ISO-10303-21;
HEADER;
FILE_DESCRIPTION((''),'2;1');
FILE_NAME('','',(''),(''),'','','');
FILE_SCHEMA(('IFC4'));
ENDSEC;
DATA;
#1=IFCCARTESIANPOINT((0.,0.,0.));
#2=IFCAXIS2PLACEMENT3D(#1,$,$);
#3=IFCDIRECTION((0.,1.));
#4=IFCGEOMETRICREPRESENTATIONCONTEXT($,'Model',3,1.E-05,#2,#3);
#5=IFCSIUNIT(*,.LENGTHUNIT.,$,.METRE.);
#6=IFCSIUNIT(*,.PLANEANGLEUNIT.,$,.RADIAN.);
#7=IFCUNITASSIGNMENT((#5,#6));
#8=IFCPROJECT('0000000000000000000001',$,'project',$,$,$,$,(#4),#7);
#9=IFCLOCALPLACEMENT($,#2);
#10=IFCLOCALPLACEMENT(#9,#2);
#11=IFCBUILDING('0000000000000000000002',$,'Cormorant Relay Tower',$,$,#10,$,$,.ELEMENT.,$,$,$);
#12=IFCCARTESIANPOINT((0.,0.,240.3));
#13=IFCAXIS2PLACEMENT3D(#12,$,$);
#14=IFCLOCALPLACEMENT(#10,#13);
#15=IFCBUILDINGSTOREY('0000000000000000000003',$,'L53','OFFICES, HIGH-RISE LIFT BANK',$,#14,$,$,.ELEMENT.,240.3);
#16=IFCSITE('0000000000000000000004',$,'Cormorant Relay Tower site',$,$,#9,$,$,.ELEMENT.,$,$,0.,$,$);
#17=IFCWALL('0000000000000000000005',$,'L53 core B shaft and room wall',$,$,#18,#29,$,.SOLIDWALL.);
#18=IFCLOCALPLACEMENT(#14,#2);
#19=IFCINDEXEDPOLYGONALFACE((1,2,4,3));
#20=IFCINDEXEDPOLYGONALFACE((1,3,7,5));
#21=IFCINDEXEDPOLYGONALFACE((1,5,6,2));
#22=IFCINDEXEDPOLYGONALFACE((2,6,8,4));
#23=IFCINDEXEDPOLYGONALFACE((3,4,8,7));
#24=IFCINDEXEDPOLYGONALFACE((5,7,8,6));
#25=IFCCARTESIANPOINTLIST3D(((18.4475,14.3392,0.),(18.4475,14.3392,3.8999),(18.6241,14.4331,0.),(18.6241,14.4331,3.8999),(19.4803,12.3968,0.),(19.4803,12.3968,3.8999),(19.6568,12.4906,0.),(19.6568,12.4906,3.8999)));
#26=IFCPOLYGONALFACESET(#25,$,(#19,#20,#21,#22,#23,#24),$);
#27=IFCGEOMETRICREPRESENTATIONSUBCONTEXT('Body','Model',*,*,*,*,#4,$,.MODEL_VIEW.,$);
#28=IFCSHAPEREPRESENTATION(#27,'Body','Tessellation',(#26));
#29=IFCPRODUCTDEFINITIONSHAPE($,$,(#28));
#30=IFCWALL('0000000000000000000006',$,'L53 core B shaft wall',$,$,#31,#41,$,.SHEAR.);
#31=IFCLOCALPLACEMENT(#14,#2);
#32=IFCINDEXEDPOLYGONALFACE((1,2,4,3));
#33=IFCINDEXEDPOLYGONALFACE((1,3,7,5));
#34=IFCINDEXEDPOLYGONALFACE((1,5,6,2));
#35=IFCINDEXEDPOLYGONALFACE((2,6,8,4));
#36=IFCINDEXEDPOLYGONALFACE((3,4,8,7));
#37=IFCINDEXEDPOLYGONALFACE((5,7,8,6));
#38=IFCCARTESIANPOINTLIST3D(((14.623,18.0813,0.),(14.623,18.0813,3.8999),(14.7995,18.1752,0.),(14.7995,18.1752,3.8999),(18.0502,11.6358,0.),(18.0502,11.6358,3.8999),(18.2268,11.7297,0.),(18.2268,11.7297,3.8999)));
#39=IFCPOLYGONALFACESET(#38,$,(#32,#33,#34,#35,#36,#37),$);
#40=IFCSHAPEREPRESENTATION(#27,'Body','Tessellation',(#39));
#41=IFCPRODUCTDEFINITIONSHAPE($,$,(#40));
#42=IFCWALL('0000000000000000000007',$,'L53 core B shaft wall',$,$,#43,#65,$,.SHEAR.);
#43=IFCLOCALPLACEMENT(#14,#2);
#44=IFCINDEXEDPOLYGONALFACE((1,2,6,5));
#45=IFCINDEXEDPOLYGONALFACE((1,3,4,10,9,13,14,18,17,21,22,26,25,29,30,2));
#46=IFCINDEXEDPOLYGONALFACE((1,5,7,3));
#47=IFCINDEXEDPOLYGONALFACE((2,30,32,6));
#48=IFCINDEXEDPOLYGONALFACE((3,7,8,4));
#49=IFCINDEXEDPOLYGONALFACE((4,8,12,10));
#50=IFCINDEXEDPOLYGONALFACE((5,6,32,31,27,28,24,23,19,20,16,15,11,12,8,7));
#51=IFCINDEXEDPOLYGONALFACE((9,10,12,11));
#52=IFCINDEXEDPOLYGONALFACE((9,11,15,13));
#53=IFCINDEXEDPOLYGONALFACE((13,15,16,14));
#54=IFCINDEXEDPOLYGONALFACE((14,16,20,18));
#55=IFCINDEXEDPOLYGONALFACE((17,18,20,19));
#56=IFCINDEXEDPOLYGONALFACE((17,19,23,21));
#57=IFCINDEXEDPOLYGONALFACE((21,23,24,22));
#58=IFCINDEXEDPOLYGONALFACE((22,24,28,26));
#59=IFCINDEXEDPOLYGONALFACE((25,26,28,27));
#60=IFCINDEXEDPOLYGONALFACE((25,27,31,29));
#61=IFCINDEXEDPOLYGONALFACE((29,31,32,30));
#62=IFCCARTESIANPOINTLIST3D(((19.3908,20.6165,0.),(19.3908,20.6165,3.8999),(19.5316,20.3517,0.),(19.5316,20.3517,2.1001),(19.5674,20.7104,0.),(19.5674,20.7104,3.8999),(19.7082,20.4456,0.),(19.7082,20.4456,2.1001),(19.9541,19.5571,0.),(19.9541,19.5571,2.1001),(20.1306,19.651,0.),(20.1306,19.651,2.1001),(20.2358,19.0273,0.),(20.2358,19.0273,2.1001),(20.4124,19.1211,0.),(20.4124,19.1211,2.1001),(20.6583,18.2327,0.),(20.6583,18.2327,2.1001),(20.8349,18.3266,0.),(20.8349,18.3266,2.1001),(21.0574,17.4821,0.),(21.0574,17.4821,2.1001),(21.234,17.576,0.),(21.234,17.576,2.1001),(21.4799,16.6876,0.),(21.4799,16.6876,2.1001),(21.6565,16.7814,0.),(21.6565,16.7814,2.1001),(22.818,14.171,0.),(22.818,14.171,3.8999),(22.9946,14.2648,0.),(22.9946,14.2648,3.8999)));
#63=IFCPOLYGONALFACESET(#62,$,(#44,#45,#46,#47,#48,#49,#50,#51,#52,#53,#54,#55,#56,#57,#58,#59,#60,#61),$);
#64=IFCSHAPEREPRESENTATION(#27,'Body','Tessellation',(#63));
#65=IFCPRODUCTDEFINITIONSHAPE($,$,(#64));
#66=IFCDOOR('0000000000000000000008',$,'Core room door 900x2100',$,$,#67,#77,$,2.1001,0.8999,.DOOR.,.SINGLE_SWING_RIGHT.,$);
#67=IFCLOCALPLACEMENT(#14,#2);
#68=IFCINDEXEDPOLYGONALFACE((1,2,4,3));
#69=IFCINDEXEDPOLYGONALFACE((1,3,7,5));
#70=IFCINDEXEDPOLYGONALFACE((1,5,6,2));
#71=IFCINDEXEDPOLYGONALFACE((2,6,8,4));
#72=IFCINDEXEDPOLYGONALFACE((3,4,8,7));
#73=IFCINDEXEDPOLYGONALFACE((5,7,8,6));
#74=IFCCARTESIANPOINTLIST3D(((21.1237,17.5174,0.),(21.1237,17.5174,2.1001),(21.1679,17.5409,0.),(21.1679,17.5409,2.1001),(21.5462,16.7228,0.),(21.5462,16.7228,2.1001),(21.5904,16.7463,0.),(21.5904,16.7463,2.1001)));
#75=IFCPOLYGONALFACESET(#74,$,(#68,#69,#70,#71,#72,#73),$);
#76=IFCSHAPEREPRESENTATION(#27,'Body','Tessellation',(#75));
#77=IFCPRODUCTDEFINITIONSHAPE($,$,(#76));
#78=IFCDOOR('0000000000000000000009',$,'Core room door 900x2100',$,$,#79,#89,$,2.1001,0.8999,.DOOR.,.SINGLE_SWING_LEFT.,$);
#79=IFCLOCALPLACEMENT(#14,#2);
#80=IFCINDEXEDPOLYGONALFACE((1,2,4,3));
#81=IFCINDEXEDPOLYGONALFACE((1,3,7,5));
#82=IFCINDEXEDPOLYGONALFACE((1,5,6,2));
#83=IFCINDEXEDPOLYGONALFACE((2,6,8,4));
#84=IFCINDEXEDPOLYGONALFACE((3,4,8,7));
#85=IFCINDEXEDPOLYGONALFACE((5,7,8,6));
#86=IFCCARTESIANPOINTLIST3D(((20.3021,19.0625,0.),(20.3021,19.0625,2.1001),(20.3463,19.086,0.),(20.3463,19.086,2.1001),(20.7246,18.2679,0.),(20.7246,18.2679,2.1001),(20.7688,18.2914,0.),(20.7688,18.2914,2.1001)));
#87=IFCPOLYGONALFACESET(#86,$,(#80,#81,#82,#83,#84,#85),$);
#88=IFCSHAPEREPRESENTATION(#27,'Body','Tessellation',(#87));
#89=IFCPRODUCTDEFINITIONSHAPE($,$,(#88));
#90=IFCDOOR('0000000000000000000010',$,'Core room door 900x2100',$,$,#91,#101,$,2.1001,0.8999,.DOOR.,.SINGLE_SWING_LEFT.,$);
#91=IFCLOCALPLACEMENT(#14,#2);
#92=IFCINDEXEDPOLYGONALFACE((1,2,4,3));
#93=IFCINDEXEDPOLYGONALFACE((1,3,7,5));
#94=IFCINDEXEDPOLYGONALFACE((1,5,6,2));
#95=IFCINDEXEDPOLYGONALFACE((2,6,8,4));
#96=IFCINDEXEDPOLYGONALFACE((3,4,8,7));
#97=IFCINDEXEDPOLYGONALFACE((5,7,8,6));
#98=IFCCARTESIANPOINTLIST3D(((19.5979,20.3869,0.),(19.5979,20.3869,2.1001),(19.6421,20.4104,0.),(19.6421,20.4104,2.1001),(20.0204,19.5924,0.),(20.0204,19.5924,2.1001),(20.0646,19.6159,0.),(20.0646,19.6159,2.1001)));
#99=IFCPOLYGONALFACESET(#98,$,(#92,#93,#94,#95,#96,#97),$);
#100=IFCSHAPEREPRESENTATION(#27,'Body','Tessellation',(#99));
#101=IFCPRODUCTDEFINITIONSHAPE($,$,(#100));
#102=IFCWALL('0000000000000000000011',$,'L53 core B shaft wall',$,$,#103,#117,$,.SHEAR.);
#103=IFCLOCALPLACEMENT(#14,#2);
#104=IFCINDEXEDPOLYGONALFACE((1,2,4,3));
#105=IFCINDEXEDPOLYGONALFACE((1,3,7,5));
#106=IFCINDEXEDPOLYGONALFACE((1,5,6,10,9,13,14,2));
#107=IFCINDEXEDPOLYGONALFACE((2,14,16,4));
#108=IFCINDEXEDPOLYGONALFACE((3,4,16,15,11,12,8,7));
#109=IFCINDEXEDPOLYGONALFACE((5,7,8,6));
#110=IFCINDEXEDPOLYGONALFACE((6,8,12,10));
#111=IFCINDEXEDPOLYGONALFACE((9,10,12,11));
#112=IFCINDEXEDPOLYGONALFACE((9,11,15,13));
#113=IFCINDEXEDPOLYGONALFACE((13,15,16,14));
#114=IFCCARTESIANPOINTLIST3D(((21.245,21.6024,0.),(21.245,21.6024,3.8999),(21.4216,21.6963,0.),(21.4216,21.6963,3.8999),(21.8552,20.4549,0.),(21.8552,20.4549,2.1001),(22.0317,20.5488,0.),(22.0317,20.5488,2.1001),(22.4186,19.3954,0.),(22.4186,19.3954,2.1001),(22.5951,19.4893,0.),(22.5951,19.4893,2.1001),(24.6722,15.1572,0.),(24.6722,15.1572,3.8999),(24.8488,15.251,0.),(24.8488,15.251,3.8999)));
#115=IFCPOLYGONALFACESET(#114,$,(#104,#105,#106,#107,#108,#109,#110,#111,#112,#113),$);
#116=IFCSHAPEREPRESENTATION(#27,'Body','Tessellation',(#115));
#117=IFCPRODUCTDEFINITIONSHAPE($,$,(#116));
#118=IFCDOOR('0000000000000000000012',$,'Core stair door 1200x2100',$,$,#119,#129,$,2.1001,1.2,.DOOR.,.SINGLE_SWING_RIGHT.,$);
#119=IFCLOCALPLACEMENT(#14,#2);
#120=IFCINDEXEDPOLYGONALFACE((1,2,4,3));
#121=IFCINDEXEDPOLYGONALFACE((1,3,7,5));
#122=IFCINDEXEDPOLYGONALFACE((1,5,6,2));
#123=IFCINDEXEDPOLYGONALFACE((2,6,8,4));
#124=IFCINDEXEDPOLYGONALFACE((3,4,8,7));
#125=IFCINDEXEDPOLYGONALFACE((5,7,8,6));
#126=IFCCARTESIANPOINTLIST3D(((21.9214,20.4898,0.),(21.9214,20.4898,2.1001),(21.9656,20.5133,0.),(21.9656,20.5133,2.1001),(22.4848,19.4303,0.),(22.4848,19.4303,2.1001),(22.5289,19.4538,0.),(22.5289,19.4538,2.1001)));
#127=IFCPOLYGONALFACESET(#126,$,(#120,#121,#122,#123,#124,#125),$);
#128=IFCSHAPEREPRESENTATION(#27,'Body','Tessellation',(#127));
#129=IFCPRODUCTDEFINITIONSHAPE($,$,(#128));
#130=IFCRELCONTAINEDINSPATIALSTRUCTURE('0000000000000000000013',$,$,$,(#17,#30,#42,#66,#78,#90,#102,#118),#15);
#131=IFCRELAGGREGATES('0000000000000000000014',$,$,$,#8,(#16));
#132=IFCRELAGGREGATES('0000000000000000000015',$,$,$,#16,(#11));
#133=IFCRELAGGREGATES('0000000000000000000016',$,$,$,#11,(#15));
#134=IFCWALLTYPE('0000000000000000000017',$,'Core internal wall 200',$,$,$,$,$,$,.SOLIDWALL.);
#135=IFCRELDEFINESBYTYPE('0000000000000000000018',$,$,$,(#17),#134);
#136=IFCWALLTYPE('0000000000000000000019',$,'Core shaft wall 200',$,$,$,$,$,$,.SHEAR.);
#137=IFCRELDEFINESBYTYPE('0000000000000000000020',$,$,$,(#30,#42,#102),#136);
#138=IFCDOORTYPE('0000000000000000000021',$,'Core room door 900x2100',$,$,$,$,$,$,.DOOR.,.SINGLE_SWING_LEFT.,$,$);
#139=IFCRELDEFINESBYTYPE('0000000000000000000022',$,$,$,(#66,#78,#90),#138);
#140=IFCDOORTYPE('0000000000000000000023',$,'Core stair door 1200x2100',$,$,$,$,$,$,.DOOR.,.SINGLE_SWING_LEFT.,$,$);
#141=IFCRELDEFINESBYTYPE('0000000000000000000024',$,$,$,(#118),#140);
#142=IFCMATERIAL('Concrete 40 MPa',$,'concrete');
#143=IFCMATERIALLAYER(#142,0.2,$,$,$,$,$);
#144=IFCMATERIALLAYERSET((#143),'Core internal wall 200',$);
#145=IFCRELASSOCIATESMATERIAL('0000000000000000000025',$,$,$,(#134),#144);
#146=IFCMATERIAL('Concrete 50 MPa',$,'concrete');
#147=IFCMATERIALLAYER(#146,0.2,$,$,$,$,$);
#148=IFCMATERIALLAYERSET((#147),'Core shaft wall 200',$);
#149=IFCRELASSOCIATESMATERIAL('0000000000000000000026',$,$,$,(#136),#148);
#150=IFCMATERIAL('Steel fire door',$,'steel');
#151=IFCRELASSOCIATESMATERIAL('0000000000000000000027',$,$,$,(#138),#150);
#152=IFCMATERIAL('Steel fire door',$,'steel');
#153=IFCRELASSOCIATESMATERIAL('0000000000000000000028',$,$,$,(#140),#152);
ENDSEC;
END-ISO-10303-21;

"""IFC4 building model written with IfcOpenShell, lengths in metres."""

from ifc_helpers import new_model, si_unit, direction, frame, frame_2d, origin, place, context, subcontext, project, spatial, rectangle, extrude, material, layer, layer_set, type_object, element, fill, save


model = new_model("IFC4")

# Units and contexts
model_context = context("Model", 3, precision=1e-05, world=origin(), true_north=direction((0.0, 1.0)))
body_context = subcontext(model_context, "Body", "Model", "MODEL_VIEW")
ifc_project = project(units=[si_unit("LENGTHUNIT", "METRE"), si_unit("PLANEANGLEUNIT", "RADIAN")], contexts=[model_context])

# Site, building, storey
site_placement = place(None, origin())
site = spatial("IfcSite", under=ifc_project, at=site_placement, Name="Cormorant Relay Tower site", CompositionType="ELEMENT", RefElevation=0.0)
building_placement = place(site_placement, origin())
building = spatial("IfcBuilding", under=site, at=building_placement, Name="Cormorant Relay Tower", CompositionType="ELEMENT")
storey_placement = place(building_placement, frame((0.0, 0.0, 240.3)))
storey = spatial("IfcBuildingStorey", under=building, at=storey_placement, Name="L53", Description="OFFICES, HIGH-RISE LIFT BANK", CompositionType="ELEMENT", Elevation=240.3)

# Walls
ifc_material_1 = material(Name="Concrete 40 MPa", Category="concrete")
ifc_layer_1 = layer(ifc_material_1, 0.2)
ifc_layer_set_1 = layer_set([ifc_layer_1], Name="Core internal wall 200")
wall_type_1 = type_object("IfcWallType", Name="Core internal wall 200", PredefinedType="SOLIDWALL", material=ifc_layer_set_1)
wall_1_placement = place(storey_placement, frame((19.5686, 12.4436, 0.0), z_axis=(0.0, 0.0, 1.0), x_axis=(-0.469447, 0.88296, 0.0)))
element("IfcWall", 1, at=wall_1_placement, inside=storey, type_object=wall_type_1, Name="L53 core B shaft and room wall", PredefinedType="SOLIDWALL", context=body_context, shape_type="SweptSolid", body=[
    extrude(rectangle(XDim=2.2, YDim=0.2, at=frame_2d((1.1001, 0.0))), origin(), (0.0, 0.0, 1.0), 3.8999),
])
ifc_material_2 = material(Name="Concrete 50 MPa", Category="concrete")
ifc_layer_2 = layer(ifc_material_2, 0.2)
ifc_layer_set_2 = layer_set([ifc_layer_2], Name="Core shaft wall 200")
wall_type_2 = type_object("IfcWallType", Name="Core shaft wall 200", PredefinedType="SHEAR", material=ifc_layer_set_2)
wall_2_placement = place(storey_placement, frame((18.1384, 11.6829, 0.0), z_axis=(0.0, 0.0, 1.0), x_axis=(-0.46948, 0.882943, 0.0)))
element("IfcWall", 2, at=wall_2_placement, inside=storey, type_object=wall_type_2, Name="L53 core B shaft wall", PredefinedType="SHEAR", context=body_context, shape_type="SweptSolid", body=[
    extrude(rectangle(XDim=7.3, YDim=0.2, at=frame_2d((3.6499, 0.0))), origin(), (0.0, 0.0, 1.0), 3.8999),
])

# Wall, openings, doors
wall_3_placement = place(storey_placement, frame((22.9062, 14.218, 0.0), z_axis=(0.0, 0.0, 1.0), x_axis=(-0.46948, 0.882943, 0.0)))
wall_3 = element("IfcWall", 3, at=wall_3_placement, inside=storey, type_object=wall_type_2, Name="L53 core B shaft wall", PredefinedType="SHEAR", context=body_context, shape_type="SweptSolid", body=[
    extrude(rectangle(XDim=7.3, YDim=0.2, at=frame_2d((3.6499, 0.0))), origin(), (0.0, 0.0, 1.0), 3.8999),
])
opening_1_placement = place(wall_3_placement, frame((2.8501, 0.0, 0.0)))
opening_1 = element("IfcOpeningElement", 4, at=opening_1_placement, cuts=wall_3, PredefinedType="OPENING", context=body_context, shape_type="SweptSolid", body=[
    extrude(rectangle(XDim=0.8999, YDim=2.1001, at=frame_2d((0.45, 1.05))), frame((0.0, 0.1099, 0.0), z_axis=(0.0, -1.0, 0.0), x_axis=(1.0, 0.0, 0.0)), (0.0, 0.0, 1.0), 0.22),
])
opening_2_placement = place(wall_3_placement, frame((4.6001, 0.0, 0.0)))
opening_2 = element("IfcOpeningElement", 5, at=opening_2_placement, cuts=wall_3, PredefinedType="OPENING", context=body_context, shape_type="SweptSolid", body=[
    extrude(rectangle(XDim=0.8999, YDim=2.1001, at=frame_2d((0.45, 1.05))), frame((0.0, 0.1099, 0.0), z_axis=(0.0, -1.0, 0.0), x_axis=(1.0, 0.0, 0.0)), (0.0, 0.0, 1.0), 0.22),
])
opening_3_placement = place(wall_3_placement, frame((6.1001, 0.0, 0.0)))
opening_3 = element("IfcOpeningElement", 6, at=opening_3_placement, cuts=wall_3, PredefinedType="OPENING", context=body_context, shape_type="SweptSolid", body=[
    extrude(rectangle(XDim=0.8999, YDim=2.1001, at=frame_2d((0.45, 1.05))), frame((0.0, 0.1099, 0.0), z_axis=(0.0, -1.0, 0.0), x_axis=(1.0, 0.0, 0.0)), (0.0, 0.0, 1.0), 0.22),
])
ifc_material_3 = material(Name="Steel fire door", Category="steel")
door_type_1 = type_object("IfcDoorType", Name="Core room door 900x2100", OperationType="SINGLE_SWING_LEFT", PredefinedType="DOOR", material=ifc_material_3)
door_1_placement = place(opening_1_placement, origin())
door_1 = element("IfcDoor", 7, at=door_1_placement, inside=storey, type_object=door_type_1, Name="Core room door 900x2100", OperationType="SINGLE_SWING_RIGHT", OverallHeight=2.1001, OverallWidth=0.8999, PredefinedType="DOOR", context=body_context, shape_type="SweptSolid", body=[
    extrude(rectangle(XDim=0.8999, YDim=2.1001, at=frame_2d((0.45, 1.05))), frame((0.0, 0.0249, 0.0), z_axis=(0.0, -1.0, 0.0), x_axis=(1.0, 0.0, 0.0)), (0.0, 0.0, 1.0), 0.05),
])
fill(opening_1, door_1)
door_2_placement = place(opening_2_placement, origin())
door_2 = element("IfcDoor", 8, at=door_2_placement, inside=storey, type_object=door_type_1, Name="Core room door 900x2100", OperationType="SINGLE_SWING_LEFT", OverallHeight=2.1001, OverallWidth=0.8999, PredefinedType="DOOR", context=body_context, shape_type="SweptSolid", body=[
    extrude(rectangle(XDim=0.8999, YDim=2.1001, at=frame_2d((0.45, 1.05))), frame((0.0, 0.0249, 0.0), z_axis=(0.0, -1.0, 0.0), x_axis=(1.0, 0.0, 0.0)), (0.0, 0.0, 1.0), 0.05),
])
fill(opening_2, door_2)
door_3_placement = place(opening_3_placement, origin())
door_3 = element("IfcDoor", 9, at=door_3_placement, inside=storey, type_object=door_type_1, Name="Core room door 900x2100", OperationType="SINGLE_SWING_LEFT", OverallHeight=2.1001, OverallWidth=0.8999, PredefinedType="DOOR", context=body_context, shape_type="SweptSolid", body=[
    extrude(rectangle(XDim=0.8999, YDim=2.1001, at=frame_2d((0.45, 1.05))), frame((0.0, 0.0249, 0.0), z_axis=(0.0, -1.0, 0.0), x_axis=(1.0, 0.0, 0.0)), (0.0, 0.0, 1.0), 0.05),
])
fill(opening_3, door_3)

# Wall, opening, door
wall_4_placement = place(storey_placement, frame((24.7605, 15.2041, 0.0), z_axis=(0.0, 0.0, 1.0), x_axis=(-0.469494, 0.882936, 0.0)))
wall_4 = element("IfcWall", 10, at=wall_4_placement, inside=storey, type_object=wall_type_2, Name="L53 core B shaft wall", PredefinedType="SHEAR", context=body_context, shape_type="SweptSolid", body=[
    extrude(rectangle(XDim=7.2998, YDim=0.2, at=frame_2d((3.6499, 0.0))), origin(), (0.0, 0.0, 1.0), 3.8999),
])
opening_4_placement = place(wall_4_placement, frame((4.8, 0.0, 0.0)))
opening_4 = element("IfcOpeningElement", 11, at=opening_4_placement, cuts=wall_4, PredefinedType="OPENING", context=body_context, shape_type="SweptSolid", body=[
    extrude(rectangle(XDim=1.2, YDim=2.1001, at=frame_2d((0.6001, 1.05))), frame((0.0, 0.1099, 0.0), z_axis=(0.0, -1.0, 0.0), x_axis=(1.0, 0.0, 0.0)), (0.0, 0.0, 1.0), 0.22),
])
ifc_material_4 = material(Name="Steel fire door", Category="steel")
door_type_2 = type_object("IfcDoorType", Name="Core stair door 1200x2100", OperationType="SINGLE_SWING_LEFT", PredefinedType="DOOR", material=ifc_material_4)
door_4_placement = place(opening_4_placement, frame((1.2, 0.0, 0.0), z_axis=(0.0, 0.0, 1.0), x_axis=(-1.0, 0.0, 0.0)))
door_4 = element("IfcDoor", 12, at=door_4_placement, inside=storey, type_object=door_type_2, Name="Core stair door 1200x2100", OperationType="SINGLE_SWING_RIGHT", OverallHeight=2.1001, OverallWidth=1.2, PredefinedType="DOOR", context=body_context, shape_type="SweptSolid", body=[
    extrude(rectangle(XDim=1.2, YDim=2.1001, at=frame_2d((0.6001, 1.05))), frame((0.0, 0.0249, 0.0), z_axis=(0.0, -1.0, 0.0), x_axis=(1.0, 0.0, 0.0)), (0.0, 0.0, 1.0), 0.05),
])
fill(opening_4, door_4)

save(model, "model.ifc")
